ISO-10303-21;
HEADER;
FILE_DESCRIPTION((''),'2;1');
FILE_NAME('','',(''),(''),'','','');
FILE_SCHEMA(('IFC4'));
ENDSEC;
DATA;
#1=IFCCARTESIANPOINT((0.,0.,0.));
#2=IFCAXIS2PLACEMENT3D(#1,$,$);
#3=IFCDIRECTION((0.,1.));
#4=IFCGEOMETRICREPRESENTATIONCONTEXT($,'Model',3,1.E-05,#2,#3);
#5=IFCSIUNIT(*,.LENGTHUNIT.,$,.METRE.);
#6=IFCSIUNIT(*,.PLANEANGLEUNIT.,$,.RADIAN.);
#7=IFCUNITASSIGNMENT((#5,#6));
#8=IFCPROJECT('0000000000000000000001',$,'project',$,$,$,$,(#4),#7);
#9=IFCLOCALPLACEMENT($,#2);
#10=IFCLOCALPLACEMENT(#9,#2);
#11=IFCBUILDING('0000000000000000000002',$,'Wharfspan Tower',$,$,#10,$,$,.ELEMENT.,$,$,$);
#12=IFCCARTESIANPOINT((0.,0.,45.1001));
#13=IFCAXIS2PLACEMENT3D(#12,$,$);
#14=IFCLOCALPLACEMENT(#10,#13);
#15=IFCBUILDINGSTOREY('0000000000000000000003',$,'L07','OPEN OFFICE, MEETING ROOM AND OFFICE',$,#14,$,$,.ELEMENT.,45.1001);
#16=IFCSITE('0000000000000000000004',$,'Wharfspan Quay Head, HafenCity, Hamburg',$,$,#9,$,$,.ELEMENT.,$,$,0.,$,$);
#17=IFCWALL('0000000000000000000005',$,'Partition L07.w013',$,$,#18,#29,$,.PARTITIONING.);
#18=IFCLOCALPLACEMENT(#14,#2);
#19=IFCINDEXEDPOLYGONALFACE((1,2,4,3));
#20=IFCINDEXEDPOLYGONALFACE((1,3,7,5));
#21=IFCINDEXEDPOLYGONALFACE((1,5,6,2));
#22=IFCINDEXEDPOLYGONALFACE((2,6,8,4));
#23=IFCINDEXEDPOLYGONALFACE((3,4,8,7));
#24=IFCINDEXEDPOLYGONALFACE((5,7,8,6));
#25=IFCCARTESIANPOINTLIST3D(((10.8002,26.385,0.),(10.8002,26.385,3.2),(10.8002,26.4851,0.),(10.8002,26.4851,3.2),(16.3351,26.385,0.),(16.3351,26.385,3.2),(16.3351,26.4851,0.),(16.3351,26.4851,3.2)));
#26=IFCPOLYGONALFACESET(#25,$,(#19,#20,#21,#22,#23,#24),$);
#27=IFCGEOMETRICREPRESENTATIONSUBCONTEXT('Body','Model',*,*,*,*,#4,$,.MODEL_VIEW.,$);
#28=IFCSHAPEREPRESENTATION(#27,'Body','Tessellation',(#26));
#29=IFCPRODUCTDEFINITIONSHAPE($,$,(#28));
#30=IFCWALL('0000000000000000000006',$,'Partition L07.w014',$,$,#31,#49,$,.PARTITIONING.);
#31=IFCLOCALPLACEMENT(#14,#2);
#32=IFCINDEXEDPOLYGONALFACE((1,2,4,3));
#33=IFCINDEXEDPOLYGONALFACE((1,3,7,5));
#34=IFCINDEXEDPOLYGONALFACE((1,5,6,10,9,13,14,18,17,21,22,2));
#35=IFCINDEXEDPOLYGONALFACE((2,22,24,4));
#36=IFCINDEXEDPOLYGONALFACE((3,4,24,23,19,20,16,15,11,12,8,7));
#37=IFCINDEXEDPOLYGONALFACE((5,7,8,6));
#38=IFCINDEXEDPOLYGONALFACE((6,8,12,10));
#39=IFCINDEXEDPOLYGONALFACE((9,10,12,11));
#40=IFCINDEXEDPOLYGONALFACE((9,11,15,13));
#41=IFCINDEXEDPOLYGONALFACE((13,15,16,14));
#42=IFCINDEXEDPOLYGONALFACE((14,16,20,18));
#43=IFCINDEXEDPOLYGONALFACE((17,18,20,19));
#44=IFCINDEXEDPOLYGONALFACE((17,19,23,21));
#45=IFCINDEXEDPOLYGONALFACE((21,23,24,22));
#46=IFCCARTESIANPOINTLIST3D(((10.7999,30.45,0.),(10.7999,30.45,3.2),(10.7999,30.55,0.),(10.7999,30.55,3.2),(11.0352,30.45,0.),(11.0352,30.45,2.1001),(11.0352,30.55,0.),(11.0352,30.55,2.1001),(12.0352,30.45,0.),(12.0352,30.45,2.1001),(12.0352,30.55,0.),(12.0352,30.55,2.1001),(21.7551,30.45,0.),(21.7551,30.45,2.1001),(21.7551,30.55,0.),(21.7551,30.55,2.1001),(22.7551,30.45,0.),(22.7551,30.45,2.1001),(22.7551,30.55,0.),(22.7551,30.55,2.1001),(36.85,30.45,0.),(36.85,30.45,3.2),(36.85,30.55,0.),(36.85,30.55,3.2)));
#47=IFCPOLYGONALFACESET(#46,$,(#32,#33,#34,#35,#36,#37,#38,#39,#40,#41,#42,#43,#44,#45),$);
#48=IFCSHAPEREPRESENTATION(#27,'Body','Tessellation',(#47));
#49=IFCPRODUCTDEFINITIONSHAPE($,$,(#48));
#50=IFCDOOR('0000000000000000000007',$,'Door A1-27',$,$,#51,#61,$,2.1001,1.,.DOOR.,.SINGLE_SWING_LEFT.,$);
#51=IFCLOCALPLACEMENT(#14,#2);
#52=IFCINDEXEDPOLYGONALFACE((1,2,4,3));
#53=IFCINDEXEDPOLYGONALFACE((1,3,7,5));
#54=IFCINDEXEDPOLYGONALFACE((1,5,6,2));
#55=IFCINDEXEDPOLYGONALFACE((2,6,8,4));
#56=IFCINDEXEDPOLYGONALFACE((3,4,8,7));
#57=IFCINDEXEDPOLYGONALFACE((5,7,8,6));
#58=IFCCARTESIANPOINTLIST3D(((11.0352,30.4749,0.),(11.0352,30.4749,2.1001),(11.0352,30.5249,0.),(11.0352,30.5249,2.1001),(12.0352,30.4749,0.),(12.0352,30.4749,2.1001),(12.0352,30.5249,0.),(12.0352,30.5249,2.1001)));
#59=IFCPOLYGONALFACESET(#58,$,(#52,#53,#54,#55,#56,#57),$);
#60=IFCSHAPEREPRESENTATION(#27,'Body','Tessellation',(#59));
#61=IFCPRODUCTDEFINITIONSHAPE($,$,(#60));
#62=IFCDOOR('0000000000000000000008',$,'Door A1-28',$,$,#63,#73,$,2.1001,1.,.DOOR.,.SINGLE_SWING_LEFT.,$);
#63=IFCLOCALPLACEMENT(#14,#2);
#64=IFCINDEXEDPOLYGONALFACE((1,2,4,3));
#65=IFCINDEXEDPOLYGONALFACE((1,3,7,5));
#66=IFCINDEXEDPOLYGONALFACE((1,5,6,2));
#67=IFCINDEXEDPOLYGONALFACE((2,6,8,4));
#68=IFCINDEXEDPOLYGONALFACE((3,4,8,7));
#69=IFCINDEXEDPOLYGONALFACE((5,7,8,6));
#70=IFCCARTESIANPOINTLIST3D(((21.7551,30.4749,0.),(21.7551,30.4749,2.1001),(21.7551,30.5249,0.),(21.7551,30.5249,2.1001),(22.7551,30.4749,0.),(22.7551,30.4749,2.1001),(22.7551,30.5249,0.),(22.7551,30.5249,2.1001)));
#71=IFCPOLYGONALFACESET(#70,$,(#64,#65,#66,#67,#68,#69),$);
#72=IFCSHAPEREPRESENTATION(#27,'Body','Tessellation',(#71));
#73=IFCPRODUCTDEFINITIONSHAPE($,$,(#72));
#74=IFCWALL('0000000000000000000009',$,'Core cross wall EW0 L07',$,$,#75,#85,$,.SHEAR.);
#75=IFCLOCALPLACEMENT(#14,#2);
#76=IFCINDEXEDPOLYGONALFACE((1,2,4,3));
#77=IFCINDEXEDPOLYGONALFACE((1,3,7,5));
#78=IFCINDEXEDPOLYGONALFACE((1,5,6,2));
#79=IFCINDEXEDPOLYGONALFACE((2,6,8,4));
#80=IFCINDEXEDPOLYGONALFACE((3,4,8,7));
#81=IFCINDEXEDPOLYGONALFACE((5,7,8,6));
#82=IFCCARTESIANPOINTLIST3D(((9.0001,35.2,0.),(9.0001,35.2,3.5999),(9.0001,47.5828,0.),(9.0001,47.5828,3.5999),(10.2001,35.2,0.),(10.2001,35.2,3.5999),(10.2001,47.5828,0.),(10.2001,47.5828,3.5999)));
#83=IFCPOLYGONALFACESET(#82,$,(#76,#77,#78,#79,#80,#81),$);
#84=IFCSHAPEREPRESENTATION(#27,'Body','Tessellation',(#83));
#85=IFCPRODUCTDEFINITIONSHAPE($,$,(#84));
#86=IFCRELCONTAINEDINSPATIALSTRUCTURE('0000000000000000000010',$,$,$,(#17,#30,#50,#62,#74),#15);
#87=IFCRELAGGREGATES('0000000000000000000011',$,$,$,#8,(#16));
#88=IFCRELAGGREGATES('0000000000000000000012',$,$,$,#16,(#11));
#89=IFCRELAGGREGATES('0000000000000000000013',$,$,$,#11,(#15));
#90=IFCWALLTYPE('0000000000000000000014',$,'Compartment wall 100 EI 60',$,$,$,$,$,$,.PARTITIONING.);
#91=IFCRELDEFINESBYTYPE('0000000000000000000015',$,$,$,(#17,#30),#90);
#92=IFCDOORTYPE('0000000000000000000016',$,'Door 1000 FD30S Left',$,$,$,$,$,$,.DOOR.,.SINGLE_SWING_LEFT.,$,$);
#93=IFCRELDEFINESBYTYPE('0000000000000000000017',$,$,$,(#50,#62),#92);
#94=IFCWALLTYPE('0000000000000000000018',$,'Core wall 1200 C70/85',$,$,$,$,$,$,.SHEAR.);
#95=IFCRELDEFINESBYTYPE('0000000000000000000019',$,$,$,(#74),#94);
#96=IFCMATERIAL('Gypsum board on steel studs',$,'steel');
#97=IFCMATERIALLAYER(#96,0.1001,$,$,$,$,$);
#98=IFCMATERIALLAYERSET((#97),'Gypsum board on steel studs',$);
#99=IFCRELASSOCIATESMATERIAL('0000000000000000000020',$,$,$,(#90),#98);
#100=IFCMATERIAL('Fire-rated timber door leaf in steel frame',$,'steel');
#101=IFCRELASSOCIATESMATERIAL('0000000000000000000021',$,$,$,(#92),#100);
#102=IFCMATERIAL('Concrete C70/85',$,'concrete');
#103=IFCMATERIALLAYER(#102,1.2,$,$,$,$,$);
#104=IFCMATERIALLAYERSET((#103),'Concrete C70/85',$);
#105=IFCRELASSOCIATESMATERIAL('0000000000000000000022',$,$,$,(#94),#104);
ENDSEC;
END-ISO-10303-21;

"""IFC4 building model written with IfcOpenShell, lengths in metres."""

from ifc_helpers import new_model, si_unit, direction, frame, frame_2d, origin, place, context, subcontext, project, spatial, rectangle, extrude, material, layer, layer_set, type_object, element, fill, save


model = new_model("IFC4")

# Units and contexts
model_context = context("Model", 3, precision=1e-05, world=origin(), true_north=direction((0.0, 1.0)))
body_context = subcontext(model_context, "Body", "Model", "MODEL_VIEW")
ifc_project = project(units=[si_unit("LENGTHUNIT", "METRE"), si_unit("PLANEANGLEUNIT", "RADIAN")], contexts=[model_context])

# Site, building, storey
site_placement = place(None, origin())
site = spatial("IfcSite", under=ifc_project, at=site_placement, Name="Wharfspan Quay Head, HafenCity, Hamburg", CompositionType="ELEMENT", RefElevation=0.0)
building_placement = place(site_placement, origin())
building = spatial("IfcBuilding", under=site, at=building_placement, Name="Wharfspan Tower", CompositionType="ELEMENT")
storey_placement = place(building_placement, frame((0.0, 0.0, 45.1001)))
storey = spatial("IfcBuildingStorey", under=building, at=storey_placement, Name="L07", Description="OPEN OFFICE, MEETING ROOM AND OFFICE", CompositionType="ELEMENT", Elevation=45.1001)

# Wall
ifc_material_1 = material(Name="Gypsum board on steel studs", Category="steel")
ifc_layer_1 = layer(ifc_material_1, 0.1001)
ifc_layer_set_1 = layer_set([ifc_layer_1], Name="Gypsum board on steel studs")
wall_type_1 = type_object("IfcWallType", Name="Compartment wall 100 EI 60", PredefinedType="PARTITIONING", material=ifc_layer_set_1)
wall_1_placement = place(storey_placement, frame((10.8, 26.4351, 0.0), z_axis=(0.0, 0.0, 1.0), x_axis=(1.0, 0.0, 0.0)))
element("IfcWall", 1, at=wall_1_placement, inside=storey, type_object=wall_type_1, Name="Partition L07.w013", PredefinedType="PARTITIONING", context=body_context, shape_type="SweptSolid", body=[
    extrude(rectangle(XDim=5.5349, YDim=0.1001, at=frame_2d((2.7676, 0.0))), origin(), (0.0, 0.0, 1.0), 3.2),
])

# Wall, openings, doors
wall_2_placement = place(storey_placement, frame((10.8, 30.5, 0.0), z_axis=(0.0, 0.0, 1.0), x_axis=(1.0, 0.0, 0.0)))
wall_2 = element("IfcWall", 2, at=wall_2_placement, inside=storey, type_object=wall_type_1, Name="Partition L07.w014", PredefinedType="PARTITIONING", context=body_context, shape_type="SweptSolid", body=[
    extrude(rectangle(XDim=26.05, YDim=0.1001, at=frame_2d((13.0249, 0.0))), origin(), (0.0, 0.0, 1.0), 3.2),
])
opening_1_placement = place(wall_2_placement, frame((0.2351, 0.0, 0.0)))
opening_1 = element("IfcOpeningElement", 3, at=opening_1_placement, cuts=wall_2, PredefinedType="OPENING", context=body_context, shape_type="SweptSolid", body=[
    extrude(rectangle(XDim=1.0, YDim=2.1001, at=frame_2d((0.5, 1.05))), frame((0.0, 0.0601, 0.0), z_axis=(0.0, -1.0, 0.0), x_axis=(1.0, 0.0, 0.0)), (0.0, 0.0, 1.0), 0.1201),
])
opening_2_placement = place(wall_2_placement, frame((10.9551, 0.0, 0.0)))
opening_2 = element("IfcOpeningElement", 4, at=opening_2_placement, cuts=wall_2, PredefinedType="OPENING", context=body_context, shape_type="SweptSolid", body=[
    extrude(rectangle(XDim=1.0, YDim=2.1001, at=frame_2d((0.5, 1.05))), frame((0.0, 0.0601, 0.0), z_axis=(0.0, -1.0, 0.0), x_axis=(1.0, 0.0, 0.0)), (0.0, 0.0, 1.0), 0.1201),
])
ifc_material_2 = material(Name="Fire-rated timber door leaf in steel frame", Category="steel")
door_type_1 = type_object("IfcDoorType", Name="Door 1000 FD30S Left", OperationType="SINGLE_SWING_LEFT", PredefinedType="DOOR", material=ifc_material_2)
door_1_placement = place(opening_1_placement, origin())
door_1 = element("IfcDoor", 5, at=door_1_placement, inside=storey, type_object=door_type_1, Name="Door A1-27", OperationType="SINGLE_SWING_LEFT", OverallHeight=2.1001, OverallWidth=1.0, PredefinedType="DOOR", context=body_context, shape_type="SweptSolid", body=[
    extrude(rectangle(XDim=1.0, YDim=2.1001, at=frame_2d((0.5, 1.05))), frame((0.0, 0.0249, 0.0), z_axis=(0.0, -1.0, 0.0), x_axis=(1.0, 0.0, 0.0)), (0.0, 0.0, 1.0), 0.05),
])
fill(opening_1, door_1)
door_2_placement = place(opening_2_placement, origin())
door_2 = element("IfcDoor", 6, at=door_2_placement, inside=storey, type_object=door_type_1, Name="Door A1-28", OperationType="SINGLE_SWING_LEFT", OverallHeight=2.1001, OverallWidth=1.0, PredefinedType="DOOR", context=body_context, shape_type="SweptSolid", body=[
    extrude(rectangle(XDim=1.0, YDim=2.1001, at=frame_2d((0.5, 1.05))), frame((0.0, 0.0249, 0.0), z_axis=(0.0, -1.0, 0.0), x_axis=(1.0, 0.0, 0.0)), (0.0, 0.0, 1.0), 0.05),
])
fill(opening_2, door_2)
ifc_material_3 = material(Name="Concrete C70/85", Category="concrete")
ifc_layer_2 = layer(ifc_material_3, 1.2)
ifc_layer_set_2 = layer_set([ifc_layer_2], Name="Concrete C70/85")
wall_type_2 = type_object("IfcWallType", Name="Core wall 1200 C70/85", PredefinedType="SHEAR", material=ifc_layer_set_2)

# Wall
wall_3_placement = place(storey_placement, frame((9.6001, 35.2, 0.0), z_axis=(0.0, 0.0, 1.0), x_axis=(0.0, 1.0, 0.0)))
element("IfcWall", 7, at=wall_3_placement, inside=storey, type_object=wall_type_2, Name="Core cross wall EW0 L07", PredefinedType="SHEAR", context=body_context, shape_type="SweptSolid", body=[
    extrude(rectangle(XDim=12.3828, YDim=1.2, at=frame_2d((6.1914, 0.0))), origin(), (0.0, 0.0, 1.0), 3.5999),
])

save(model, "model.ifc")
